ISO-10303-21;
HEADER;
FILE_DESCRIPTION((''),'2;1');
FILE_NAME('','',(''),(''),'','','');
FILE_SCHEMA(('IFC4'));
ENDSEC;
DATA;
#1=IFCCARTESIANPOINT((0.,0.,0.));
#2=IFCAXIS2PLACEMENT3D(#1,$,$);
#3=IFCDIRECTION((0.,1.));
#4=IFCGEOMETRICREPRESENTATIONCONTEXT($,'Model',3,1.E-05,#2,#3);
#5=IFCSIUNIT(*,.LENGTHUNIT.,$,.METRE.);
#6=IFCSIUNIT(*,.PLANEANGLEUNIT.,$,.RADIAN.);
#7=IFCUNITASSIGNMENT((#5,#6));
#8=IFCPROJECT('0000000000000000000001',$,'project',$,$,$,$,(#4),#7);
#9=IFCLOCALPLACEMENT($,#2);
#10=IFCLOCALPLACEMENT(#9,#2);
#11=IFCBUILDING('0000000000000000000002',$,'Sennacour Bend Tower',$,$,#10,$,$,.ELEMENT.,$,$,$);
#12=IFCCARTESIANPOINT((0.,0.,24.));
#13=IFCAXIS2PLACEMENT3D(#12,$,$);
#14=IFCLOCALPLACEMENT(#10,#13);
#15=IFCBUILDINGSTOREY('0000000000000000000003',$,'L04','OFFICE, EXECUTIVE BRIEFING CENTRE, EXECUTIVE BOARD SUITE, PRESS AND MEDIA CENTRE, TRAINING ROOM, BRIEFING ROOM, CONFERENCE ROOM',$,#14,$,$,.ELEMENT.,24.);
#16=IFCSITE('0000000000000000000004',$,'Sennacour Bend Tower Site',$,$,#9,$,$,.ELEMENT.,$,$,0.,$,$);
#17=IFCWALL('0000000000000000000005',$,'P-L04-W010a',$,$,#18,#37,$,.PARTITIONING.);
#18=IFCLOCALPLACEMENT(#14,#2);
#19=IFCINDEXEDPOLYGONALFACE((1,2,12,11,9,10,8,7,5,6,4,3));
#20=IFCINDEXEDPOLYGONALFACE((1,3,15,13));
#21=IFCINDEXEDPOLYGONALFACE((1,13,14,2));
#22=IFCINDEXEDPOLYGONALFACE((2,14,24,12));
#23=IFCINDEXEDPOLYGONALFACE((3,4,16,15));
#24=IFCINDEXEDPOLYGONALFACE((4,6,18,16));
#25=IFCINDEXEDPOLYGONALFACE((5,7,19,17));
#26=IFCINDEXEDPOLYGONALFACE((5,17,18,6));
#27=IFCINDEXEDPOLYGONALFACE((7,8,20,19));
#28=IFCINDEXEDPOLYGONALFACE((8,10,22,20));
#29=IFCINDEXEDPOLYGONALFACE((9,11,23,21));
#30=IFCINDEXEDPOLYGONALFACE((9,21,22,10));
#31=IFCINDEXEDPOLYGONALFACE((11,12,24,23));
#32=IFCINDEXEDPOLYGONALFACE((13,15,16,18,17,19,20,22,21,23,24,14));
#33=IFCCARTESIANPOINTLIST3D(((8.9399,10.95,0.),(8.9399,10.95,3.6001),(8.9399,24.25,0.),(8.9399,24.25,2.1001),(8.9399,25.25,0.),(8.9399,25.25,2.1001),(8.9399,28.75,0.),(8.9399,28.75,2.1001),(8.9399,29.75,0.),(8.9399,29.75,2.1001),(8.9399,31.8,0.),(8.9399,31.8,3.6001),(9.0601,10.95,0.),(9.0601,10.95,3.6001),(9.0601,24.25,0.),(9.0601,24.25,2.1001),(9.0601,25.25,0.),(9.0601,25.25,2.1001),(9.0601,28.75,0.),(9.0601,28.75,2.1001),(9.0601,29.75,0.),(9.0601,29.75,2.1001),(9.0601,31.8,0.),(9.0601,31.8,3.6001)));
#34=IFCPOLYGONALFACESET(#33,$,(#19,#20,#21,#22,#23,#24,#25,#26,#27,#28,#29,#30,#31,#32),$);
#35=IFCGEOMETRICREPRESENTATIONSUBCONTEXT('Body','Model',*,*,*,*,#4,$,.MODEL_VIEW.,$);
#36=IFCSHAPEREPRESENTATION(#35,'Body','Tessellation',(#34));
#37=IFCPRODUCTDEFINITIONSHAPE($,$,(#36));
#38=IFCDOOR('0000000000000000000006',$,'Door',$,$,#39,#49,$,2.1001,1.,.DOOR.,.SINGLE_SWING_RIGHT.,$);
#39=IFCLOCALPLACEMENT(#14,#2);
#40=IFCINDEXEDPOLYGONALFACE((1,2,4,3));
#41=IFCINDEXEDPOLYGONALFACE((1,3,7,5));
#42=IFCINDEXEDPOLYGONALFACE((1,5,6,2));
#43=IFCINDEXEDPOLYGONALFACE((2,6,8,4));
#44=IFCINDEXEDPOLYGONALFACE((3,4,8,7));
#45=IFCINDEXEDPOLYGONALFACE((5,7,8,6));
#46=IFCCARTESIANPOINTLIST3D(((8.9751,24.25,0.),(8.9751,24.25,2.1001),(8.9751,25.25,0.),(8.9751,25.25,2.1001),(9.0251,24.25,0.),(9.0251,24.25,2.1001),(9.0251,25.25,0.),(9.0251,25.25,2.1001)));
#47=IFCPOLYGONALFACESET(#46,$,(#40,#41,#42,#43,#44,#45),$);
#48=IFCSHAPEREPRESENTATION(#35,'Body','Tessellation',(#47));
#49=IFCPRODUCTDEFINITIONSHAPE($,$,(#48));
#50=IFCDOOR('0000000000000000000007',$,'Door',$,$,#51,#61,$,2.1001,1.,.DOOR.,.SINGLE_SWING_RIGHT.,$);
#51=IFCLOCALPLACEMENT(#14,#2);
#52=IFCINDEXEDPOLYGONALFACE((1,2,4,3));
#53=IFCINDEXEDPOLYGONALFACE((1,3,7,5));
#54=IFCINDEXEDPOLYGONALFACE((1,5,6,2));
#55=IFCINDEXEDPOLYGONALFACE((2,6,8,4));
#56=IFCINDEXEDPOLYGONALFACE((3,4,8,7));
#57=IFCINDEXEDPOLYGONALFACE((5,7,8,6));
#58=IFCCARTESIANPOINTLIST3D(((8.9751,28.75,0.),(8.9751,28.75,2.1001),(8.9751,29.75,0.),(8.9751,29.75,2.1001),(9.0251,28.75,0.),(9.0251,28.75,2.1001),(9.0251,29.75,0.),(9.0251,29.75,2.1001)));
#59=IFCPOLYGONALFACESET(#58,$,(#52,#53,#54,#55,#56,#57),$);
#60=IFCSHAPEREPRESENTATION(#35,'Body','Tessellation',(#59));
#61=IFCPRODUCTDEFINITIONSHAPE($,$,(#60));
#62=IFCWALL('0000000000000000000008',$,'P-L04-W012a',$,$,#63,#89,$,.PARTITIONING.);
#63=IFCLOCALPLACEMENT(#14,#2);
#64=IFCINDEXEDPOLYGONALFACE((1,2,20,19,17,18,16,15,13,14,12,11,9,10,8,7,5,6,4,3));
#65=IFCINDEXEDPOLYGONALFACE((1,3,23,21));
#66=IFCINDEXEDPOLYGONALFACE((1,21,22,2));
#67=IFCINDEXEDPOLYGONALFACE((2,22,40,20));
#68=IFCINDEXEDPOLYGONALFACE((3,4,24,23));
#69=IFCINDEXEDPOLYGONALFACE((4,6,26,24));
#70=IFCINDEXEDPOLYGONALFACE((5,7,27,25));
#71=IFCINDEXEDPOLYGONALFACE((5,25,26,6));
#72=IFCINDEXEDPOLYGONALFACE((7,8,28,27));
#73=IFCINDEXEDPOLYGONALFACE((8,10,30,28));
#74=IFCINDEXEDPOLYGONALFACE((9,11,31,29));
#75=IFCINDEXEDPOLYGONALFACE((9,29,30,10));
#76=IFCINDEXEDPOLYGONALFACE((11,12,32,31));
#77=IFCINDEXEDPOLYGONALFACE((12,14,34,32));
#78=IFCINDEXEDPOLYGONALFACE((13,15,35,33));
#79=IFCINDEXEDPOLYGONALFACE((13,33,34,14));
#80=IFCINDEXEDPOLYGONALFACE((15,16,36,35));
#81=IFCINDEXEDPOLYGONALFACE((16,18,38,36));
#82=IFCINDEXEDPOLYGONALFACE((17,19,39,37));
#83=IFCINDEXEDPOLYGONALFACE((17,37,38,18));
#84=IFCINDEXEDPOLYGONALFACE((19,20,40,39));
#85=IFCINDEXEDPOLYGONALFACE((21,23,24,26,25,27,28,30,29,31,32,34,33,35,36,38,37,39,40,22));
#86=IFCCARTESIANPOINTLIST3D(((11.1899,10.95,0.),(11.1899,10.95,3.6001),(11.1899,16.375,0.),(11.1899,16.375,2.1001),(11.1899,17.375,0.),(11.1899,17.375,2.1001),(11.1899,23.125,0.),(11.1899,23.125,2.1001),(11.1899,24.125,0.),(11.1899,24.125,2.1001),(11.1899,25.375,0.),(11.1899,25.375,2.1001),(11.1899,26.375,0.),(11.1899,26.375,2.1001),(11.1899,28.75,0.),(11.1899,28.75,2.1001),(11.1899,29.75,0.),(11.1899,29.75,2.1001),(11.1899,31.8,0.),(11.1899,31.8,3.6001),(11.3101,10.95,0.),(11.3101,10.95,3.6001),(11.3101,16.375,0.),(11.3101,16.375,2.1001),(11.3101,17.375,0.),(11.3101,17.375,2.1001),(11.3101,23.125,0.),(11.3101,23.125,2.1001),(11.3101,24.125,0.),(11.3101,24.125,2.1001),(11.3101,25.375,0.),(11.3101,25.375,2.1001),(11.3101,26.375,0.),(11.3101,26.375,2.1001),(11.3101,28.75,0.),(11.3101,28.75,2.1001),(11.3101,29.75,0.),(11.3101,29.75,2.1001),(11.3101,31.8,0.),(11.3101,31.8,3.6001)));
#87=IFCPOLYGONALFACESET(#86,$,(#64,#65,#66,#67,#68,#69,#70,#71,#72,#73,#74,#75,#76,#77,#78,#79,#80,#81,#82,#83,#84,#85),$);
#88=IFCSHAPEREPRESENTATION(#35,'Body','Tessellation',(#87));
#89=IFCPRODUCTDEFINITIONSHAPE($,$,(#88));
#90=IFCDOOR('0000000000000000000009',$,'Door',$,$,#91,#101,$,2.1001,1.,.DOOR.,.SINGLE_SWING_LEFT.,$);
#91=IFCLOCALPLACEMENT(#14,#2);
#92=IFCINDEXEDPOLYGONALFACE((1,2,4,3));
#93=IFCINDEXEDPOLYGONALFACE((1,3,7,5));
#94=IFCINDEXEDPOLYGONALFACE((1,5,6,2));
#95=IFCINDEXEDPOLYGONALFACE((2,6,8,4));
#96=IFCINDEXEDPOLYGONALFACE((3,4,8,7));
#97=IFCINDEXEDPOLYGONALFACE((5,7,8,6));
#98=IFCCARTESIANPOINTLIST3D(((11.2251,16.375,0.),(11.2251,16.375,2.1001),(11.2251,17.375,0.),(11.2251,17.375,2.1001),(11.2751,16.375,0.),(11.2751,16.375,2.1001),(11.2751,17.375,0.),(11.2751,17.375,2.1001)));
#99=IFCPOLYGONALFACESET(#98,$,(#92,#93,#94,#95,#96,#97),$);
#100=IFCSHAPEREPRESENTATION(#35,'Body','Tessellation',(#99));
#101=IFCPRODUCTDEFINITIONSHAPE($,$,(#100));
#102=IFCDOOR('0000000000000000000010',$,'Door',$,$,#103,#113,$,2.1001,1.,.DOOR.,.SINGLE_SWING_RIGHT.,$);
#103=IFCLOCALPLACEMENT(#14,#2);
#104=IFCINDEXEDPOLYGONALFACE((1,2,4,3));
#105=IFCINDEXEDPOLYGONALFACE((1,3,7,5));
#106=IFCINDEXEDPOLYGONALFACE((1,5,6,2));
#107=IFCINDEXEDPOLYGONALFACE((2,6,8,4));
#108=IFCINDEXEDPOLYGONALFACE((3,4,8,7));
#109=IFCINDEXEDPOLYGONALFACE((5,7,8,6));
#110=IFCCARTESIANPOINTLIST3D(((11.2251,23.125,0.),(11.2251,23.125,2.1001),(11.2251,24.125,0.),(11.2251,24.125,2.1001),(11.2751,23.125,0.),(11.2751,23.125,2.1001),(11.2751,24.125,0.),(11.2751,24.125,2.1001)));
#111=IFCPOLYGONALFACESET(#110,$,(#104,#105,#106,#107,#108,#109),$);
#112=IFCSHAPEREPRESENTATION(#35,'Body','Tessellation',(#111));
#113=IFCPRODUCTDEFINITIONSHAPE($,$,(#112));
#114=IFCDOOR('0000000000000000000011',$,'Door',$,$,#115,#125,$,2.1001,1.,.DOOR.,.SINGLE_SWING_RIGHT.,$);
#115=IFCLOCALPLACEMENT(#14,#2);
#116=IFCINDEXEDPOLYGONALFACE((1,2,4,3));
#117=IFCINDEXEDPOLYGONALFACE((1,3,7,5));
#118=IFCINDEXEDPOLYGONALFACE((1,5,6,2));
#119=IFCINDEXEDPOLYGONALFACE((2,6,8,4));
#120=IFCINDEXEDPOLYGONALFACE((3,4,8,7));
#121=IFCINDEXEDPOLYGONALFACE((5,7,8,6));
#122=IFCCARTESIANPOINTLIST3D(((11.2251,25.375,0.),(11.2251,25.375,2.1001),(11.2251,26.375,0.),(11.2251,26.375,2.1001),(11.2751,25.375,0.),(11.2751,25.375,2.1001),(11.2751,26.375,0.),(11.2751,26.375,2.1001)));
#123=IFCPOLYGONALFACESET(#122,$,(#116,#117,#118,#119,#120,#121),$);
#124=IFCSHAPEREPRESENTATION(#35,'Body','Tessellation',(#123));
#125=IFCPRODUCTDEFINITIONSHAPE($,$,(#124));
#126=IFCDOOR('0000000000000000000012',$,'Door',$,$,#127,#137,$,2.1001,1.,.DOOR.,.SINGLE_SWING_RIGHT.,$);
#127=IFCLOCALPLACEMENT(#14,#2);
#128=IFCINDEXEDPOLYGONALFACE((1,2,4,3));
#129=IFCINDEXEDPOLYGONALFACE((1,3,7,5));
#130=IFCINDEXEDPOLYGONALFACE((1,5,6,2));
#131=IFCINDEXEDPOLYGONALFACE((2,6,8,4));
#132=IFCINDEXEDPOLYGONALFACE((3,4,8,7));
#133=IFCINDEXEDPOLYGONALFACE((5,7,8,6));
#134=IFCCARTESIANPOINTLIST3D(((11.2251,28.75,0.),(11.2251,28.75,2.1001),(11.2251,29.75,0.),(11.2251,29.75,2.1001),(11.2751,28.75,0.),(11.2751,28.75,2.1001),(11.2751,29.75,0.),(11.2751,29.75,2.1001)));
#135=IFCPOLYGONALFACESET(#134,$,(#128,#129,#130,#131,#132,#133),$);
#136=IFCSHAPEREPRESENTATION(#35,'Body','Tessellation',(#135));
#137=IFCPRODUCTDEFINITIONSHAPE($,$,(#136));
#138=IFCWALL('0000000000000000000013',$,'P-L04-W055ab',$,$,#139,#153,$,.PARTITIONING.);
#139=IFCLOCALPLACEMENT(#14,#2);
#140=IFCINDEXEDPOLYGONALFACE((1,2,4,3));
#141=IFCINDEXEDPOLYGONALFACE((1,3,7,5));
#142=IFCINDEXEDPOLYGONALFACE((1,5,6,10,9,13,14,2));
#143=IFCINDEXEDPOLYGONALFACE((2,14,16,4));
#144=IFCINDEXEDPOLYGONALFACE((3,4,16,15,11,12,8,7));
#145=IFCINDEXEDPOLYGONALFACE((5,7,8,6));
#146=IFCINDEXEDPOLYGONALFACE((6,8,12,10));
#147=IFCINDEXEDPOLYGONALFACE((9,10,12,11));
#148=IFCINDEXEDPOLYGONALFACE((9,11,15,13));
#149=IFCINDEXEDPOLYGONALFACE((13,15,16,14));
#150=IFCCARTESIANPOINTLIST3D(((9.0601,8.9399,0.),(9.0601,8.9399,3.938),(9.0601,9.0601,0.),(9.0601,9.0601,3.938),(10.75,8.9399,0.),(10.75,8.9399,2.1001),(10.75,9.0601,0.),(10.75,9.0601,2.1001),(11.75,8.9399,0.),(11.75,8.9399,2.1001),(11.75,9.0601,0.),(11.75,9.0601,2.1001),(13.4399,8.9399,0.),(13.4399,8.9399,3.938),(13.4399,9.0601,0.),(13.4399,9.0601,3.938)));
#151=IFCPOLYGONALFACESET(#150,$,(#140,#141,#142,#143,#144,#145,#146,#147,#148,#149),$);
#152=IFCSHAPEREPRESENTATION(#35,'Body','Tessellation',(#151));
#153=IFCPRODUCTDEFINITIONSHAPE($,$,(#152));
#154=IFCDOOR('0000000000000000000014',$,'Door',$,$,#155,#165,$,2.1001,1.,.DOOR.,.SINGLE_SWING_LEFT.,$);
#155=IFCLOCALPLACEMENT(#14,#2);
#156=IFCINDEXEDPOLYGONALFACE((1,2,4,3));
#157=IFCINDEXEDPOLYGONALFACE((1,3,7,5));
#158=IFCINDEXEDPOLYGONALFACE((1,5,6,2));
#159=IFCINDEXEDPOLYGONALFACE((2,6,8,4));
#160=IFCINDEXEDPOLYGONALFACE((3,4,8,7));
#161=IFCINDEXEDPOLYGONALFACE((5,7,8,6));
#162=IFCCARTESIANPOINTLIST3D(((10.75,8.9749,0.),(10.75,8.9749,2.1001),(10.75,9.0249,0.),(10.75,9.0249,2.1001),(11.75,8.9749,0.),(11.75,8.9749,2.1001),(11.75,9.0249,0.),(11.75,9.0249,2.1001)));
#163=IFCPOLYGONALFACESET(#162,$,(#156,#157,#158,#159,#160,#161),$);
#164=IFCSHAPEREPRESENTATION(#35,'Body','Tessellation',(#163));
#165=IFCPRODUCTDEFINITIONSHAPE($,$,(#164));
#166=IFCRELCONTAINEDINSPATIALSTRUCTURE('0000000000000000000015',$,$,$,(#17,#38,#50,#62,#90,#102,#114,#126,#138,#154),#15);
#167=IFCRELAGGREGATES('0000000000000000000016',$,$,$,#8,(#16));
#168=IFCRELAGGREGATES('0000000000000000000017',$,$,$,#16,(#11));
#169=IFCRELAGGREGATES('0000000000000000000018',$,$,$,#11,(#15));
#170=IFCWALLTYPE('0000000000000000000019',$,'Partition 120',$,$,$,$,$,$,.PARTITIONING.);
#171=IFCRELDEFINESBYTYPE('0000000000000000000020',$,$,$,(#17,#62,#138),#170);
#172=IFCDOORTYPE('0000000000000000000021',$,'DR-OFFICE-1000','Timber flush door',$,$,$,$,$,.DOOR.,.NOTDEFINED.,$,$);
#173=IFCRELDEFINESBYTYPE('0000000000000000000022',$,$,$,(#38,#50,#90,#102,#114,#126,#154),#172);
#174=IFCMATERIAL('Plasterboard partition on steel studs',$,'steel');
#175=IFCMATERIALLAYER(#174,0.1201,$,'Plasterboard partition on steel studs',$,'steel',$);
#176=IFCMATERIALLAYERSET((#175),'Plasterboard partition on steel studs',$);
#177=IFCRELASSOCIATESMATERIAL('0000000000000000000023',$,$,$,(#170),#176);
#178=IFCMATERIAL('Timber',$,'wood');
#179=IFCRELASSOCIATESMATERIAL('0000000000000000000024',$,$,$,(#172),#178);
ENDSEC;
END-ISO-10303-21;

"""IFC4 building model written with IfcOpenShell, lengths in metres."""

from ifc_helpers import new_model, si_unit, direction, frame, frame_2d, origin, place, context, subcontext, project, spatial, rectangle, extrude, material, layer, layer_set, type_object, element, fill, save


model = new_model("IFC4")

# Units and contexts
model_context = context("Model", 3, precision=1e-05, world=origin(), true_north=direction((0.0, 1.0)))
body_context = subcontext(model_context, "Body", "Model", "MODEL_VIEW")
ifc_project = project(units=[si_unit("LENGTHUNIT", "METRE"), si_unit("PLANEANGLEUNIT", "RADIAN")], contexts=[model_context])

# Site, building, storey
site_placement = place(None, origin())
site = spatial("IfcSite", under=ifc_project, at=site_placement, Name="Sennacour Bend Tower Site", CompositionType="ELEMENT", RefElevation=0.0)
building_placement = place(site_placement, origin())
building = spatial("IfcBuilding", under=site, at=building_placement, Name="Sennacour Bend Tower", CompositionType="ELEMENT")
storey_placement = place(building_placement, frame((0.0, 0.0, 24.0)))
storey = spatial("IfcBuildingStorey", under=building, at=storey_placement, Name="L04", Description="OFFICE, EXECUTIVE BRIEFING CENTRE, EXECUTIVE BOARD SUITE, PRESS AND MEDIA CENTRE, TRAINING ROOM, BRIEFING ROOM, CONFERENCE ROOM", CompositionType="ELEMENT", Elevation=24.0)

# Shared definitions
ifc_material_1 = material(Name="Plasterboard partition on steel studs", Category="steel")
ifc_layer_1 = layer(ifc_material_1, 0.1201, Name="Plasterboard partition on steel studs", Category="steel")
ifc_layer_set_1 = layer_set([ifc_layer_1], Name="Plasterboard partition on steel studs")
wall_type_1 = type_object("IfcWallType", Name="Partition 120", PredefinedType="PARTITIONING", material=ifc_layer_set_1)

# Walls, openings, doors
wall_1_placement = place(storey_placement, frame((9.0, 10.95, 0.0), z_axis=(0.0, 0.0, 1.0), x_axis=(0.0, 1.0, 0.0)))
wall_1 = element("IfcWall", 1, at=wall_1_placement, inside=storey, type_object=wall_type_1, Name="P-L04-W010a", PredefinedType="PARTITIONING", context=body_context, shape_type="SweptSolid", body=[
    extrude(rectangle(XDim=20.8501, YDim=0.1201, at=frame_2d((10.425, 0.0))), origin(), (0.0, 0.0, 1.0), 3.6001),
])
opening_1_placement = place(wall_1_placement, frame((13.3, 0.0, 0.0)))
opening_1 = element("IfcOpeningElement", 2, at=opening_1_placement, cuts=wall_1, PredefinedType="OPENING", context=body_context, shape_type="SweptSolid", body=[
    extrude(rectangle(XDim=1.0, YDim=2.1001, at=frame_2d((0.5, 1.05))), frame((0.0, 0.0701, 0.0), z_axis=(0.0, -1.0, 0.0), x_axis=(1.0, 0.0, 0.0)), (0.0, 0.0, 1.0), 0.1401),
])
opening_2_placement = place(wall_1_placement, frame((17.8, 0.0, 0.0)))
opening_2 = element("IfcOpeningElement", 3, at=opening_2_placement, cuts=wall_1, PredefinedType="OPENING", context=body_context, shape_type="SweptSolid", body=[
    extrude(rectangle(XDim=1.0, YDim=2.1001, at=frame_2d((0.5, 1.05))), frame((0.0, 0.0701, 0.0), z_axis=(0.0, -1.0, 0.0), x_axis=(1.0, 0.0, 0.0)), (0.0, 0.0, 1.0), 0.1401),
])
ifc_material_2 = material(Name="Timber", Category="wood")
door_type_1 = type_object("IfcDoorType", Name="DR-OFFICE-1000", Description="Timber flush door", OperationType="NOTDEFINED", PredefinedType="DOOR", material=ifc_material_2)
door_1_placement = place(opening_1_placement, origin())
door_1 = element("IfcDoor", 4, at=door_1_placement, inside=storey, type_object=door_type_1, Name="Door", OperationType="SINGLE_SWING_RIGHT", OverallHeight=2.1001, OverallWidth=1.0, PredefinedType="DOOR", context=body_context, shape_type="SweptSolid", body=[
    extrude(rectangle(XDim=1.0, YDim=2.1001, at=frame_2d((0.5, 1.05))), frame((0.0, 0.0249, 0.0), z_axis=(0.0, -1.0, 0.0), x_axis=(1.0, 0.0, 0.0)), (0.0, 0.0, 1.0), 0.05),
])
fill(opening_1, door_1)
door_2_placement = place(opening_2_placement, origin())
door_2 = element("IfcDoor", 5, at=door_2_placement, inside=storey, type_object=door_type_1, Name="Door", OperationType="SINGLE_SWING_RIGHT", OverallHeight=2.1001, OverallWidth=1.0, PredefinedType="DOOR", context=body_context, shape_type="SweptSolid", body=[
    extrude(rectangle(XDim=1.0, YDim=2.1001, at=frame_2d((0.5, 1.05))), frame((0.0, 0.0249, 0.0), z_axis=(0.0, -1.0, 0.0), x_axis=(1.0, 0.0, 0.0)), (0.0, 0.0, 1.0), 0.05),
])
fill(opening_2, door_2)
wall_2_placement = place(storey_placement, frame((11.25, 10.95, 0.0), z_axis=(0.0, 0.0, 1.0), x_axis=(0.0, 1.0, 0.0)))
wall_2 = element("IfcWall", 6, at=wall_2_placement, inside=storey, type_object=wall_type_1, Name="P-L04-W012a", PredefinedType="PARTITIONING", context=body_context, shape_type="SweptSolid", body=[
    extrude(rectangle(XDim=20.8501, YDim=0.1201, at=frame_2d((10.425, 0.0))), origin(), (0.0, 0.0, 1.0), 3.6001),
])
opening_3_placement = place(wall_2_placement, frame((5.425, 0.0, 0.0)))
opening_3 = element("IfcOpeningElement", 7, at=opening_3_placement, cuts=wall_2, PredefinedType="OPENING", context=body_context, shape_type="SweptSolid", body=[
    extrude(rectangle(XDim=1.0, YDim=2.1001, at=frame_2d((0.5, 1.05))), frame((0.0, 0.0701, 0.0), z_axis=(0.0, -1.0, 0.0), x_axis=(1.0, 0.0, 0.0)), (0.0, 0.0, 1.0), 0.1401),
])
opening_4_placement = place(wall_2_placement, frame((12.175, 0.0, 0.0)))
opening_4 = element("IfcOpeningElement", 8, at=opening_4_placement, cuts=wall_2, PredefinedType="OPENING", context=body_context, shape_type="SweptSolid", body=[
    extrude(rectangle(XDim=1.0, YDim=2.1001, at=frame_2d((0.5, 1.05))), frame((0.0, 0.0701, 0.0), z_axis=(0.0, -1.0, 0.0), x_axis=(1.0, 0.0, 0.0)), (0.0, 0.0, 1.0), 0.1401),
])
opening_5_placement = place(wall_2_placement, frame((14.425, 0.0, 0.0)))
opening_5 = element("IfcOpeningElement", 9, at=opening_5_placement, cuts=wall_2, PredefinedType="OPENING", context=body_context, shape_type="SweptSolid", body=[
    extrude(rectangle(XDim=1.0, YDim=2.1001, at=frame_2d((0.5, 1.05))), frame((0.0, 0.0701, 0.0), z_axis=(0.0, -1.0, 0.0), x_axis=(1.0, 0.0, 0.0)), (0.0, 0.0, 1.0), 0.1401),
])
opening_6_placement = place(wall_2_placement, frame((17.8, 0.0, 0.0)))
opening_6 = element("IfcOpeningElement", 10, at=opening_6_placement, cuts=wall_2, PredefinedType="OPENING", context=body_context, shape_type="SweptSolid", body=[
    extrude(rectangle(XDim=1.0, YDim=2.1001, at=frame_2d((0.5, 1.05))), frame((0.0, 0.0701, 0.0), z_axis=(0.0, -1.0, 0.0), x_axis=(1.0, 0.0, 0.0)), (0.0, 0.0, 1.0), 0.1401),
])
door_3_placement = place(opening_3_placement, origin())
door_3 = element("IfcDoor", 11, at=door_3_placement, inside=storey, type_object=door_type_1, Name="Door", OperationType="SINGLE_SWING_LEFT", OverallHeight=2.1001, OverallWidth=1.0, PredefinedType="DOOR", context=body_context, shape_type="SweptSolid", body=[
    extrude(rectangle(XDim=1.0, YDim=2.1001, at=frame_2d((0.5, 1.05))), frame((0.0, 0.0249, 0.0), z_axis=(0.0, -1.0, 0.0), x_axis=(1.0, 0.0, 0.0)), (0.0, 0.0, 1.0), 0.05),
])
fill(opening_3, door_3)
door_4_placement = place(opening_4_placement, origin())
door_4 = element("IfcDoor", 12, at=door_4_placement, inside=storey, type_object=door_type_1, Name="Door", OperationType="SINGLE_SWING_RIGHT", OverallHeight=2.1001, OverallWidth=1.0, PredefinedType="DOOR", context=body_context, shape_type="SweptSolid", body=[
    extrude(rectangle(XDim=1.0, YDim=2.1001, at=frame_2d((0.5, 1.05))), frame((0.0, 0.0249, 0.0), z_axis=(0.0, -1.0, 0.0), x_axis=(1.0, 0.0, 0.0)), (0.0, 0.0, 1.0), 0.05),
])
fill(opening_4, door_4)
door_5_placement = place(opening_5_placement, origin())
door_5 = element("IfcDoor", 13, at=door_5_placement, inside=storey, type_object=door_type_1, Name="Door", OperationType="SINGLE_SWING_RIGHT", OverallHeight=2.1001, OverallWidth=1.0, PredefinedType="DOOR", context=body_context, shape_type="SweptSolid", body=[
    extrude(rectangle(XDim=1.0, YDim=2.1001, at=frame_2d((0.5, 1.05))), frame((0.0, 0.0249, 0.0), z_axis=(0.0, -1.0, 0.0), x_axis=(1.0, 0.0, 0.0)), (0.0, 0.0, 1.0), 0.05),
])
fill(opening_5, door_5)
door_6_placement = place(opening_6_placement, origin())
door_6 = element("IfcDoor", 14, at=door_6_placement, inside=storey, type_object=door_type_1, Name="Door", OperationType="SINGLE_SWING_RIGHT", OverallHeight=2.1001, OverallWidth=1.0, PredefinedType="DOOR", context=body_context, shape_type="SweptSolid", body=[
    extrude(rectangle(XDim=1.0, YDim=2.1001, at=frame_2d((0.5, 1.05))), frame((0.0, 0.0249, 0.0), z_axis=(0.0, -1.0, 0.0), x_axis=(1.0, 0.0, 0.0)), (0.0, 0.0, 1.0), 0.05),
])
fill(opening_6, door_6)

# Wall, opening, door
wall_3_placement = place(storey_placement, frame((9.0601, 9.0, 0.0), z_axis=(0.0, 0.0, 1.0), x_axis=(1.0, 0.0, 0.0)))
wall_3 = element("IfcWall", 15, at=wall_3_placement, inside=storey, type_object=wall_type_1, Name="P-L04-W055ab", PredefinedType="PARTITIONING", context=body_context, shape_type="SweptSolid", body=[
    extrude(rectangle(XDim=4.3799, YDim=0.1201, at=frame_2d((2.1899, 0.0))), origin(), (0.0, 0.0, 1.0), 3.938),
])
opening_7_placement = place(wall_3_placement, frame((1.6899, 0.0, 0.0)))
opening_7 = element("IfcOpeningElement", 16, at=opening_7_placement, cuts=wall_3, PredefinedType="OPENING", context=body_context, shape_type="SweptSolid", body=[
    extrude(rectangle(XDim=1.0, YDim=2.1001, at=frame_2d((0.5, 1.05))), frame((0.0, 0.0701, 0.0), z_axis=(0.0, -1.0, 0.0), x_axis=(1.0, 0.0, 0.0)), (0.0, 0.0, 1.0), 0.1401),
])
door_7_placement = place(opening_7_placement, origin())
door_7 = element("IfcDoor", 17, at=door_7_placement, inside=storey, type_object=door_type_1, Name="Door", OperationType="SINGLE_SWING_LEFT", OverallHeight=2.1001, OverallWidth=1.0, PredefinedType="DOOR", context=body_context, shape_type="SweptSolid", body=[
    extrude(rectangle(XDim=1.0, YDim=2.1001, at=frame_2d((0.5, 1.05))), frame((0.0, 0.0249, 0.0), z_axis=(0.0, -1.0, 0.0), x_axis=(1.0, 0.0, 0.0)), (0.0, 0.0, 1.0), 0.05),
])
fill(opening_7, door_7)

save(model, "model.ifc")
